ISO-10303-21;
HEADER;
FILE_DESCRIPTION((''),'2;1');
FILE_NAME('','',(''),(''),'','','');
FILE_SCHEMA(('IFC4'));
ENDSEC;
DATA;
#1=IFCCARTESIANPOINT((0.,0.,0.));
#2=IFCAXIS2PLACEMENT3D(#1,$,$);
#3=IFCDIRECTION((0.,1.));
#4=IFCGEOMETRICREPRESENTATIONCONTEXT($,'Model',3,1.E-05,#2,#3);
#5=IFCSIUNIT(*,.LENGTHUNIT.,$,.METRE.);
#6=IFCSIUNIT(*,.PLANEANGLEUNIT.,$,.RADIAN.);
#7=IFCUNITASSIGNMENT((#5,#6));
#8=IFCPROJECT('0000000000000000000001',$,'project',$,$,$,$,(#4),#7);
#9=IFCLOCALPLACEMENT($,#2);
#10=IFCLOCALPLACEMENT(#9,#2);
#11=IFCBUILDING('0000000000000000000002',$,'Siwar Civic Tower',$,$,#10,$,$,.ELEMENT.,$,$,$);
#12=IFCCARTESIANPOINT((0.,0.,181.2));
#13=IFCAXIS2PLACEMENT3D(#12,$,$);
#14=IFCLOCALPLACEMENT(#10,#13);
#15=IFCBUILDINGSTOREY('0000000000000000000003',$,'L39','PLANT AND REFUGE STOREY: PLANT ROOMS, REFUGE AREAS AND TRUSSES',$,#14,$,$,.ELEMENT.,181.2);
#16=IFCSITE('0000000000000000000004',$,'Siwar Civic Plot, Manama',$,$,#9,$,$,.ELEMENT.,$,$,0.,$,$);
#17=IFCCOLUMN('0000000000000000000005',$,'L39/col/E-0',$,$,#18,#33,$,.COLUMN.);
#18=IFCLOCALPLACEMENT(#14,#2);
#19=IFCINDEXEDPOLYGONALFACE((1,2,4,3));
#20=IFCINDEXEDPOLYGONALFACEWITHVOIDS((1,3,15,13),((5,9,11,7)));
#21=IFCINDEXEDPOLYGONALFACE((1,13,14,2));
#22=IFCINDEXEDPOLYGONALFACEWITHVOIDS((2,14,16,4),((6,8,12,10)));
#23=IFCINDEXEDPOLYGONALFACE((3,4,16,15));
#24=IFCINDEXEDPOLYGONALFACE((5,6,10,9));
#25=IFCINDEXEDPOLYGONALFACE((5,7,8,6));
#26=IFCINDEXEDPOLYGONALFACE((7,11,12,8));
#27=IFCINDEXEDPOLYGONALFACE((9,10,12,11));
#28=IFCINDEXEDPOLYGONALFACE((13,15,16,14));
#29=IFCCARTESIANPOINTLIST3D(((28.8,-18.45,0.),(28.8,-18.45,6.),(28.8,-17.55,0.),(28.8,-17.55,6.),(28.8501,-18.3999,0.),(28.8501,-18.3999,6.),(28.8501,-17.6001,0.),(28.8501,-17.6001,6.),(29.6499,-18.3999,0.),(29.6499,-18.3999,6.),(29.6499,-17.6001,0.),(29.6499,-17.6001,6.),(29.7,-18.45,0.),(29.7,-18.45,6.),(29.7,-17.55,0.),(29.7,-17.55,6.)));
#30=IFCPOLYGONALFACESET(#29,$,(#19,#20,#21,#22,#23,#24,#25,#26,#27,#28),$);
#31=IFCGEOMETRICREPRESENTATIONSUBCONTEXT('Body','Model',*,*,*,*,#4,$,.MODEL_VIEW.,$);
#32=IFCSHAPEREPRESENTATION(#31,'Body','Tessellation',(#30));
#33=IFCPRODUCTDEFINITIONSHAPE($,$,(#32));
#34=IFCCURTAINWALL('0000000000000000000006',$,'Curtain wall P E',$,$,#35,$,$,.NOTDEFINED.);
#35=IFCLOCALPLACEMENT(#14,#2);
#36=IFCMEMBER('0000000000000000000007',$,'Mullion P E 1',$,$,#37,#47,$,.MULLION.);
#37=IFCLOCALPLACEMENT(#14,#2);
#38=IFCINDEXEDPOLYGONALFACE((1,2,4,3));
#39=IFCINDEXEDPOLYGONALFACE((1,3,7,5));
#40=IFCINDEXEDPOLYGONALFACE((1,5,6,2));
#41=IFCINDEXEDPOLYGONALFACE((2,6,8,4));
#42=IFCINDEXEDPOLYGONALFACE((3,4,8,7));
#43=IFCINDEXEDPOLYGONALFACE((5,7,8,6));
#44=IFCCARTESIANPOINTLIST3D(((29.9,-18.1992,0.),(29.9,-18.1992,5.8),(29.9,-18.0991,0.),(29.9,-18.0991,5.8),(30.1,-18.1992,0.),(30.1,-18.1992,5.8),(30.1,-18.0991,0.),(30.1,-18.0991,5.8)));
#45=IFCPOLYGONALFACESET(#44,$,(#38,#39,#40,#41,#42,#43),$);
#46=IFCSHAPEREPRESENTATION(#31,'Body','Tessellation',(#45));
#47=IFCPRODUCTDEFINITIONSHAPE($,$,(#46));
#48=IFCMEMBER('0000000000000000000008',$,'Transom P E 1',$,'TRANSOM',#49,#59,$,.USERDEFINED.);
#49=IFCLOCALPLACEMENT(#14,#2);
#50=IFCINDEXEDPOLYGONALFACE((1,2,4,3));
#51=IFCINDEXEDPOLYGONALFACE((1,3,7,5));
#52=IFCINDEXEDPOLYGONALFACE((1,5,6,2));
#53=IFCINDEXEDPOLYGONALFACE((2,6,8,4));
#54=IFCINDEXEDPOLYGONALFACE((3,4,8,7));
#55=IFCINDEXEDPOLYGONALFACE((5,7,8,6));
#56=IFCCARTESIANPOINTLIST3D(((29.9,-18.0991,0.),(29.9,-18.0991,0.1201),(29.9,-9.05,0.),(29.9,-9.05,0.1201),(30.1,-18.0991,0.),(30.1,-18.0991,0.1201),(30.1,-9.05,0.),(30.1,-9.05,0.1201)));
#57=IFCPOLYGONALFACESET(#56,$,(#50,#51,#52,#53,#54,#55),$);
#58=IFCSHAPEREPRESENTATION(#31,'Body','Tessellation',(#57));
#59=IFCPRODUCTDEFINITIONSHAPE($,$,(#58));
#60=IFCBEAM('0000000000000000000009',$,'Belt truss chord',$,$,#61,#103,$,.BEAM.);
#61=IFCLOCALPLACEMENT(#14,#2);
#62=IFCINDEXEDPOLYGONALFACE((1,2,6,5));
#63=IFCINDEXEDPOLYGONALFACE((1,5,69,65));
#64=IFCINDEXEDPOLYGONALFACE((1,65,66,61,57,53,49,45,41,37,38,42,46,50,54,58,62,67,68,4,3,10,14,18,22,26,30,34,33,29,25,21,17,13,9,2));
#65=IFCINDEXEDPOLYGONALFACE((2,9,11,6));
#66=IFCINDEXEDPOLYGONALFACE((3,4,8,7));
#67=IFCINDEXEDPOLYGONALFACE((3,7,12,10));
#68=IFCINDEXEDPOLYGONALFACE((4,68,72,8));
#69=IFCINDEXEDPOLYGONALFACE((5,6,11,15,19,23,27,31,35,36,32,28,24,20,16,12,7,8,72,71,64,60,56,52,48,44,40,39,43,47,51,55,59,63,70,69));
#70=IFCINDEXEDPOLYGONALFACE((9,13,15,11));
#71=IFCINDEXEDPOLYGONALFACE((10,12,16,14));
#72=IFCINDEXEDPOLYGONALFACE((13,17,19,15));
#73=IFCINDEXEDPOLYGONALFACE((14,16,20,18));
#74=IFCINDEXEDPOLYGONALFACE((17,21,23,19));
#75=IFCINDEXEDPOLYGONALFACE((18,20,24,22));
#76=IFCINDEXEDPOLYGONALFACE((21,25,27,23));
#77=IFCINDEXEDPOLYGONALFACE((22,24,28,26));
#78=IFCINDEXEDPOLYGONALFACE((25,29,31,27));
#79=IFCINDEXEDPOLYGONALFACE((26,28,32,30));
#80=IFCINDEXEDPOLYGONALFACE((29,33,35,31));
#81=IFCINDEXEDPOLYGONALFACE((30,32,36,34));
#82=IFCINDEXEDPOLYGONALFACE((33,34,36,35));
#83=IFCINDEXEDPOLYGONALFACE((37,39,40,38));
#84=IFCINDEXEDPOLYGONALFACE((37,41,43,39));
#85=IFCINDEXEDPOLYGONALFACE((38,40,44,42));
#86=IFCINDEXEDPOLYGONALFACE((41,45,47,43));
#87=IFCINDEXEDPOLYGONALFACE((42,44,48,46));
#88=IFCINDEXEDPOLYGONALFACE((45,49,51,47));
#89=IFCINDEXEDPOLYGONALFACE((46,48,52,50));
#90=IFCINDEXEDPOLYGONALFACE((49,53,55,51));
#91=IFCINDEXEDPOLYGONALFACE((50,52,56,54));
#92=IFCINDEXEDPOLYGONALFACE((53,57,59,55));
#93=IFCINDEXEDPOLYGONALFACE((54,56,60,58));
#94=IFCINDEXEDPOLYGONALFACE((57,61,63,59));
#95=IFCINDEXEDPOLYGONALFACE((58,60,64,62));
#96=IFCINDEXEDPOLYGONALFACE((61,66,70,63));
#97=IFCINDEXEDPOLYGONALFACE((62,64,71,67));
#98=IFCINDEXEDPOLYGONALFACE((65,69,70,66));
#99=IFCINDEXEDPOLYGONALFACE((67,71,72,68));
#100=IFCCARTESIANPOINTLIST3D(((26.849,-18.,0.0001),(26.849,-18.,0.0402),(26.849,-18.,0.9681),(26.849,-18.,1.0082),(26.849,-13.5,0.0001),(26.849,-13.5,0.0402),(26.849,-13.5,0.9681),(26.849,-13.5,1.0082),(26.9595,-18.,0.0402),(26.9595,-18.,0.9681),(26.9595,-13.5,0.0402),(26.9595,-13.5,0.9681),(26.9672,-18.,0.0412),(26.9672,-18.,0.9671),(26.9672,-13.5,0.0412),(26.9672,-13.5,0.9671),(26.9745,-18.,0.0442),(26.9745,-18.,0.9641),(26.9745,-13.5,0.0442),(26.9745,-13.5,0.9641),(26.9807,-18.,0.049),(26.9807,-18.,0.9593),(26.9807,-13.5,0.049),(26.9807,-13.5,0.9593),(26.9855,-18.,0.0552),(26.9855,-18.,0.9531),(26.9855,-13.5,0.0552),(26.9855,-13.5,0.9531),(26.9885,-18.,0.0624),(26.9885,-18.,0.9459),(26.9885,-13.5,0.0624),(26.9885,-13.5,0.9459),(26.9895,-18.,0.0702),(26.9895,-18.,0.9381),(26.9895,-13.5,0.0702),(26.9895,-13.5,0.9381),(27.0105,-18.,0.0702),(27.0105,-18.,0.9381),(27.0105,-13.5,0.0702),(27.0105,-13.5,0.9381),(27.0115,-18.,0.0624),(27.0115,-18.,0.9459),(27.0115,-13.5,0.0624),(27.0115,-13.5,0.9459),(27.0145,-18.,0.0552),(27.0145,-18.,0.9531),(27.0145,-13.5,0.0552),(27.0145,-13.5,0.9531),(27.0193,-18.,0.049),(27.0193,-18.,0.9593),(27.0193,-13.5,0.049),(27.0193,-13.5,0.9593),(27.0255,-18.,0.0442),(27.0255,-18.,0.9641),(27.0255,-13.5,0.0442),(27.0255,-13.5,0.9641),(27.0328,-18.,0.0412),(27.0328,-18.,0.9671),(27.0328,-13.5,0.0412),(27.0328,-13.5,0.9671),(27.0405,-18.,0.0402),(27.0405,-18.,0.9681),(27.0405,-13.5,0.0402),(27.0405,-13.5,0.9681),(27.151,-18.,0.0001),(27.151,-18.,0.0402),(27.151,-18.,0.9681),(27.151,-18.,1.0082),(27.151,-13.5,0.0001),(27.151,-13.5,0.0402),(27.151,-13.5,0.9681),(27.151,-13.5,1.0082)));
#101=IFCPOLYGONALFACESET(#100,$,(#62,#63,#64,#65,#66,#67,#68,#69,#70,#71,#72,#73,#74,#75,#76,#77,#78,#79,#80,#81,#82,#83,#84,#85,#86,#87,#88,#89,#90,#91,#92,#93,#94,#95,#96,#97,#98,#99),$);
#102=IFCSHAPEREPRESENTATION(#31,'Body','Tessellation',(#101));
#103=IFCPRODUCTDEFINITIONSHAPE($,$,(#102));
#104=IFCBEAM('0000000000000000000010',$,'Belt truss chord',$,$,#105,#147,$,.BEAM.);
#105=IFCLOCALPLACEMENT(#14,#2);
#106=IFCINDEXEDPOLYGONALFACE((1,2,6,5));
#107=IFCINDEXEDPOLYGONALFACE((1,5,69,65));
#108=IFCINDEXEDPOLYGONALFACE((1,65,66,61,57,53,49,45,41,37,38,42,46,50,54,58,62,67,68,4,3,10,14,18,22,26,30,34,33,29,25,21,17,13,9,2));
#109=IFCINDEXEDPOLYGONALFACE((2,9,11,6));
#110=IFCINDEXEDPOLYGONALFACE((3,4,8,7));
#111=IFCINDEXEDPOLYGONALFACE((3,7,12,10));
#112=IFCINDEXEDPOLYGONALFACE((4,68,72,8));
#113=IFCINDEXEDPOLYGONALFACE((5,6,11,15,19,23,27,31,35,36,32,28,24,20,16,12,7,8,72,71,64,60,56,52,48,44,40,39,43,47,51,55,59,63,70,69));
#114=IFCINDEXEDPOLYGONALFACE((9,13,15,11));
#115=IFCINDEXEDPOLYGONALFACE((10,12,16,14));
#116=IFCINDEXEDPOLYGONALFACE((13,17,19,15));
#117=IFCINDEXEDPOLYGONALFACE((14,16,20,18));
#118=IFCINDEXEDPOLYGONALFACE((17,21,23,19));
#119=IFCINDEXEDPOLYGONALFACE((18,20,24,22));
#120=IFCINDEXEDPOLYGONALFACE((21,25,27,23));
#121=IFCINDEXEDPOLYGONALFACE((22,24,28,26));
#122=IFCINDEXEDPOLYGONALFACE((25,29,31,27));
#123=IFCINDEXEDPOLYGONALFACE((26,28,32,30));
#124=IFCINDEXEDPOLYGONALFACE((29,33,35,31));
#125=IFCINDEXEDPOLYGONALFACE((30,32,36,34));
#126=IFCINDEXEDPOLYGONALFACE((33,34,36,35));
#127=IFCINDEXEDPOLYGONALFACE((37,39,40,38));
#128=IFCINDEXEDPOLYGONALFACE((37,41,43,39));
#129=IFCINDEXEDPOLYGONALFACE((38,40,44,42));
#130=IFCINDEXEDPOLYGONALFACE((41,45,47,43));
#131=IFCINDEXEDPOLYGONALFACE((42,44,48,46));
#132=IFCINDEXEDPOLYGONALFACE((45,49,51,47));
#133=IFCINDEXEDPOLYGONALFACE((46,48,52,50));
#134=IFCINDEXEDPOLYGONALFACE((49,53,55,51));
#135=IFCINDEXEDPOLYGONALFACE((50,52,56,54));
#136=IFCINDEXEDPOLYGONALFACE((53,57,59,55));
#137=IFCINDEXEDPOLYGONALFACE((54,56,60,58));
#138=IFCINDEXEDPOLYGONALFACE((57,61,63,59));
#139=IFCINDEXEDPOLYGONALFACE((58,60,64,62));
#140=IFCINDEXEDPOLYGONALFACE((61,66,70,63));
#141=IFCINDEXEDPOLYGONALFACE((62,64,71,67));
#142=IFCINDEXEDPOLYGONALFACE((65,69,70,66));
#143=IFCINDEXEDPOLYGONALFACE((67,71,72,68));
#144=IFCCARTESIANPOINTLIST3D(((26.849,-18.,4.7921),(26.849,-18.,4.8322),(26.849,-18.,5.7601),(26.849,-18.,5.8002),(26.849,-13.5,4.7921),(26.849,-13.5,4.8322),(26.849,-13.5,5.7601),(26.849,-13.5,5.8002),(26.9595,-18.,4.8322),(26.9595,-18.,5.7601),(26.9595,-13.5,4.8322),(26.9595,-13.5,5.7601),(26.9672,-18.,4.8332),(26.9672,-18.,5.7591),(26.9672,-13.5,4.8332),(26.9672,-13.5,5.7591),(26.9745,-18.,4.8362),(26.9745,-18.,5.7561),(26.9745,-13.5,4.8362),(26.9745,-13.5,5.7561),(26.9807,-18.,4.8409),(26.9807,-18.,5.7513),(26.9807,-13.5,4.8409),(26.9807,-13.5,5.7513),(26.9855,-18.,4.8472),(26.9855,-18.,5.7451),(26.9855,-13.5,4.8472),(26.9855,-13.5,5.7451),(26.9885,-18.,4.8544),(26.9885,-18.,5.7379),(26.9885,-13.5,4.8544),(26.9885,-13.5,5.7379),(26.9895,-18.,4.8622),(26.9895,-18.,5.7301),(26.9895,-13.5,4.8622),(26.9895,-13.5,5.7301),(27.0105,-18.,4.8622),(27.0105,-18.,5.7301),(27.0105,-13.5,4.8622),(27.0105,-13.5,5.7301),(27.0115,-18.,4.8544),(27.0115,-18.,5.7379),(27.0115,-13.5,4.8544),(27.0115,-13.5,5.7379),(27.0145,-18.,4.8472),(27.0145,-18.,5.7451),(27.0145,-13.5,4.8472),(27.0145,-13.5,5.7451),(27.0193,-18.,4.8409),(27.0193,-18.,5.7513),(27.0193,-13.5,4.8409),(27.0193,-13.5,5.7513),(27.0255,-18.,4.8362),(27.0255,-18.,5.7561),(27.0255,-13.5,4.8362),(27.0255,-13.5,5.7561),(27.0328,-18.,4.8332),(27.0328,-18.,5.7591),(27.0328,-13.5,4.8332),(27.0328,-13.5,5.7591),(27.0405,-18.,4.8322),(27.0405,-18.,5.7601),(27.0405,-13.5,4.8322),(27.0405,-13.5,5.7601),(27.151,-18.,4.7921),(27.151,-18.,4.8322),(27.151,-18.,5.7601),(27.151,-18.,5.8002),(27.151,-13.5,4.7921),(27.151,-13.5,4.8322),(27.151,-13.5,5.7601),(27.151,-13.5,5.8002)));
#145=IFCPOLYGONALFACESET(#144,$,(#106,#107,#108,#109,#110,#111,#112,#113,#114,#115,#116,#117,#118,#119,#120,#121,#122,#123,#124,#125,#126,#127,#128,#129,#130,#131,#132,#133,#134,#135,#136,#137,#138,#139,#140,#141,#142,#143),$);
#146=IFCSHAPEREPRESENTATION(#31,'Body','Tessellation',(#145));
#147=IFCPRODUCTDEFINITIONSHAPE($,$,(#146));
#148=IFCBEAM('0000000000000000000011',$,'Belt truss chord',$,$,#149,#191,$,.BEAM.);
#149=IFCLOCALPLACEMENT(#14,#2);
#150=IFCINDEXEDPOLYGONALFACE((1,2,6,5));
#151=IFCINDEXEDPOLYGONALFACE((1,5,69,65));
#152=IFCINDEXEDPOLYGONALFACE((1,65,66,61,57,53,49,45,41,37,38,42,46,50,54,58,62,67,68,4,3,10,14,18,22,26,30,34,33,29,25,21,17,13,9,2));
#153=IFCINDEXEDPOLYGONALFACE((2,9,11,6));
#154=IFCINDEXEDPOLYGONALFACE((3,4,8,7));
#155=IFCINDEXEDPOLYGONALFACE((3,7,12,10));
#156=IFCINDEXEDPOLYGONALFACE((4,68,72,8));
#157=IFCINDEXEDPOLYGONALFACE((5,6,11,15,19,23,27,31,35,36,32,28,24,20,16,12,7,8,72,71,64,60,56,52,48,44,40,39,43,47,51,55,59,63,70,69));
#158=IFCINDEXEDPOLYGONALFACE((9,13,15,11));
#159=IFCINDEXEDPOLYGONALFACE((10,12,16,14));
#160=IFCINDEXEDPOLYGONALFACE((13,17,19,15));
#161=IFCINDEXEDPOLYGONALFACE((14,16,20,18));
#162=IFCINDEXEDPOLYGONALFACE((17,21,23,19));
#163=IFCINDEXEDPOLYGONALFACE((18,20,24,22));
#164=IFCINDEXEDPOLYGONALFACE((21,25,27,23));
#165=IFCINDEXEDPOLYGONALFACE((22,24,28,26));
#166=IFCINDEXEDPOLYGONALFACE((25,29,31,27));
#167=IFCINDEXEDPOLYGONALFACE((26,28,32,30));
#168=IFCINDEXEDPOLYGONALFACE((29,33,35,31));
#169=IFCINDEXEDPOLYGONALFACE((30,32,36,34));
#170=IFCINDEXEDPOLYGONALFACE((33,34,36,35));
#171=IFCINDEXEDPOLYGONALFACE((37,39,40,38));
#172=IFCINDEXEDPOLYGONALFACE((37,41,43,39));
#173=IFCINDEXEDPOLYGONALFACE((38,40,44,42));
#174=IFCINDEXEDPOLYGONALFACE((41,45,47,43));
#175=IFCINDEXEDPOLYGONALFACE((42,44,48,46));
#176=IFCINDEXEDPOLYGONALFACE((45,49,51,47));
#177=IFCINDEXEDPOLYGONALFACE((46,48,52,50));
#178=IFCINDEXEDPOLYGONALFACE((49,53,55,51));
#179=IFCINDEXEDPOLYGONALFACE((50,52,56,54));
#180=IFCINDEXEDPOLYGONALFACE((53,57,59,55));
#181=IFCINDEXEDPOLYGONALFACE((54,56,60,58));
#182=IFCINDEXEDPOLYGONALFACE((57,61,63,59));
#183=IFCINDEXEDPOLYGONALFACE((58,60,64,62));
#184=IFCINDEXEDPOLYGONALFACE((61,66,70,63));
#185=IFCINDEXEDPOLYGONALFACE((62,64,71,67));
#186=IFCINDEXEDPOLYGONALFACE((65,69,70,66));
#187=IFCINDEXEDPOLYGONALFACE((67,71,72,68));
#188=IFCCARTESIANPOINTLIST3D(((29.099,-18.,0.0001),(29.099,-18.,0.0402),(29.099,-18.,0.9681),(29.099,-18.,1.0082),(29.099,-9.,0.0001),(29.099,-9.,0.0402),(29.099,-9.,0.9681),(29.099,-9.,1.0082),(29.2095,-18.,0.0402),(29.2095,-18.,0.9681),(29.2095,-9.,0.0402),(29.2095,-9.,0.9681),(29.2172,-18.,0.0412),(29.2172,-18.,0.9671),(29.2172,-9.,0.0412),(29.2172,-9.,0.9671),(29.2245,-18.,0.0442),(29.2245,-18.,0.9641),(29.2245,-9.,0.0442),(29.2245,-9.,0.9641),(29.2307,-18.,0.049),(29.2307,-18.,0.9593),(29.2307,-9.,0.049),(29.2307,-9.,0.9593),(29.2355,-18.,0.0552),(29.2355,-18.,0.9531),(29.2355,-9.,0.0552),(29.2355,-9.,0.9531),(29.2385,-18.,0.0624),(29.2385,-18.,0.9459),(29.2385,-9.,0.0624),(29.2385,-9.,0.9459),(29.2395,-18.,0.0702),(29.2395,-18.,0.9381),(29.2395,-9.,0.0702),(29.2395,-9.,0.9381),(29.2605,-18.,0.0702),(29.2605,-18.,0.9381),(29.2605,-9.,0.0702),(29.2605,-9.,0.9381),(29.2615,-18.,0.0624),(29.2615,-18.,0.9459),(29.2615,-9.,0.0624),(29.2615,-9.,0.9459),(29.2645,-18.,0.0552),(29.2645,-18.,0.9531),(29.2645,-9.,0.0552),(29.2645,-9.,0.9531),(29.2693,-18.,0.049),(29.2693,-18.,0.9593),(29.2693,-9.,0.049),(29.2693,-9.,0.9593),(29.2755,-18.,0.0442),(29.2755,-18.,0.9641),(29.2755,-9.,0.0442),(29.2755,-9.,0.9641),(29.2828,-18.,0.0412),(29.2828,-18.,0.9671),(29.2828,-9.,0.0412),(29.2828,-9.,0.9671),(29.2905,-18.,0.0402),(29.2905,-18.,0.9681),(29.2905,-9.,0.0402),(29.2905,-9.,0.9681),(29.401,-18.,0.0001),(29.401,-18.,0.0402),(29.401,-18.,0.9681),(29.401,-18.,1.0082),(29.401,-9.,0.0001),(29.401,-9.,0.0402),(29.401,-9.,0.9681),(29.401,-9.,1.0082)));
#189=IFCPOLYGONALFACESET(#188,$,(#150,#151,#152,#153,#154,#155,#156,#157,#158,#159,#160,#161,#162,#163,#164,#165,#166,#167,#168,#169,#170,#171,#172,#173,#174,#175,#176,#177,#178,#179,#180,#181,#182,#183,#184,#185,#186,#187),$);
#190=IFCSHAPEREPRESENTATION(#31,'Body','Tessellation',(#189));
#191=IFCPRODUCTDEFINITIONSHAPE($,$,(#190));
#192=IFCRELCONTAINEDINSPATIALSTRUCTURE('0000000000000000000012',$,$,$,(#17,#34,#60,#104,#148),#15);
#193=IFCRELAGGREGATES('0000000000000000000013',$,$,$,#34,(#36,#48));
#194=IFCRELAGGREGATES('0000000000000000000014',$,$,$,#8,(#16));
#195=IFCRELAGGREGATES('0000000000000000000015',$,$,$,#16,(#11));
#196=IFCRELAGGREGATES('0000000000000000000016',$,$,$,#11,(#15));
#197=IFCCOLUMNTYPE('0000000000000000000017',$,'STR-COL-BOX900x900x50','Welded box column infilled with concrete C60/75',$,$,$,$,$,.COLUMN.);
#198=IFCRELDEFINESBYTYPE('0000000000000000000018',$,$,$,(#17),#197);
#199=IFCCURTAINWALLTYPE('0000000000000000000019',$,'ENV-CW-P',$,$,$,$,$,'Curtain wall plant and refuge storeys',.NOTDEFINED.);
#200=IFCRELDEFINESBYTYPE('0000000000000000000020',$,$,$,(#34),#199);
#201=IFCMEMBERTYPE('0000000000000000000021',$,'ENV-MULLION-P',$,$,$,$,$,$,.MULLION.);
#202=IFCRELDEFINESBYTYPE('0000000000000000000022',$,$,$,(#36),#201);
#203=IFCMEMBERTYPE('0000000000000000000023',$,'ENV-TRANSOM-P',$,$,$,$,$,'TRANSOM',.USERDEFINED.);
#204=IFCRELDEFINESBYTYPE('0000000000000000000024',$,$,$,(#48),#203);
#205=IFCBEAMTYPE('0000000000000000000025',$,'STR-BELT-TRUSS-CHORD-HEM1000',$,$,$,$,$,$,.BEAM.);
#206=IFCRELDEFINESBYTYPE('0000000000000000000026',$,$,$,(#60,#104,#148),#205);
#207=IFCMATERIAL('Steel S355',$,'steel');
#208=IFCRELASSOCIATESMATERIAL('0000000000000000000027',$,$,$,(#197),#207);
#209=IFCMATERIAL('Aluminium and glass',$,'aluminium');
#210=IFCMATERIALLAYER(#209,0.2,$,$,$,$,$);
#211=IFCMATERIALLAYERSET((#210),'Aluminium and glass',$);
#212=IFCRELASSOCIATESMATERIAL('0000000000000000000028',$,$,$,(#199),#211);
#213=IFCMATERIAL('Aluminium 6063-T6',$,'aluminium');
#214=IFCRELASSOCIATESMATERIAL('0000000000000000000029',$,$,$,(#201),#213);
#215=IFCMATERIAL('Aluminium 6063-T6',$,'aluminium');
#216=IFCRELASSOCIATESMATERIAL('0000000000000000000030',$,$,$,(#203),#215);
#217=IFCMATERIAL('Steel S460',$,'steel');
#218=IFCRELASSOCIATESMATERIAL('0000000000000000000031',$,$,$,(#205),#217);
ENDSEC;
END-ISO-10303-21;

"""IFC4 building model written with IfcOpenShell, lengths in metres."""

from ifc_helpers import new_model, si_unit, direction, frame, origin, origin_2d, place, context, subcontext, project, spatial, rectangle, hollow_rectangle, i_section, extrude, material, layer, layer_set, material_profile, profile_set, type_object, element, aggregate, save


model = new_model("IFC4")

# Units and contexts
model_context = context("Model", 3, precision=1e-05, world=origin(), true_north=direction((0.0, 1.0)))
body_context = subcontext(model_context, "Body", "Model", "MODEL_VIEW")
ifc_project = project(units=[si_unit("LENGTHUNIT", "METRE"), si_unit("PLANEANGLEUNIT", "RADIAN")], contexts=[model_context])

# Site, building, storey
site_placement = place(None, origin())
site = spatial("IfcSite", under=ifc_project, at=site_placement, Name="Siwar Civic Plot, Manama", CompositionType="ELEMENT", RefElevation=0.0)
building_placement = place(site_placement, origin())
building = spatial("IfcBuilding", under=site, at=building_placement, Name="Siwar Civic Tower", CompositionType="ELEMENT")
storey_placement = place(building_placement, frame((0.0, 0.0, 181.2)))
storey = spatial("IfcBuildingStorey", under=building, at=storey_placement, Name="L39", Description="PLANT AND REFUGE STOREY: PLANT ROOMS, REFUGE AREAS AND TRUSSES", CompositionType="ELEMENT", Elevation=181.2)

# Column
ifc_material_1 = material(Name="Steel S355", Category="steel")
ifc_material_profile_1 = material_profile(ifc_material_1, hollow_rectangle(XDim=0.8999, YDim=0.8999, WallThickness=0.05, at=origin_2d()), Name="BOX900x900x50")
ifc_profile_set_1 = profile_set([ifc_material_profile_1], Name="Steel S355")
column_type = type_object("IfcColumnType", Name="STR-COL-BOX900x900x50", Description="Welded box column infilled with concrete C60/75", PredefinedType="COLUMN", material=ifc_profile_set_1)
column_placement = place(storey_placement, frame((29.25, -18.0, 0.0), z_axis=(0.0, 0.0, 1.0), x_axis=(1.0, 0.0, 0.0)))
element("IfcColumn", 1, at=column_placement, inside=storey, type_object=column_type, Name="L39/col/E-0", PredefinedType="COLUMN", context=body_context, shape_type="SweptSolid", body=[
    extrude(hollow_rectangle(XDim=0.8999, YDim=0.8999, WallThickness=0.05, at=origin_2d()), origin(), (0.0, 0.0, 1.0), 6.0),
])

# Curtain wall, members
ifc_material_2 = material(Name="Aluminium and glass", Category="aluminium")
ifc_layer_1 = layer(ifc_material_2, 0.2)
ifc_layer_set_1 = layer_set([ifc_layer_1], Name="Aluminium and glass")
curtain_wall_type = type_object("IfcCurtainWallType", Name="ENV-CW-P", ElementType="Curtain wall plant and refuge storeys", PredefinedType="NOTDEFINED", material=ifc_layer_set_1)
curtain_wall_1_placement = place(storey_placement, origin())
curtain_wall_1 = element("IfcCurtainWall", 2, at=curtain_wall_1_placement, inside=storey, type_object=curtain_wall_type, Name="Curtain wall P E", PredefinedType="NOTDEFINED")
ifc_material_3 = material(Name="Aluminium 6063-T6", Category="aluminium")
ifc_material_profile_2 = material_profile(ifc_material_3, rectangle(XDim=0.2, YDim=0.1001, at=origin_2d()), Name="AL 200x100")
ifc_profile_set_2 = profile_set([ifc_material_profile_2], Name="Aluminium 6063-T6")
member_type_1 = type_object("IfcMemberType", Name="ENV-MULLION-P", PredefinedType="MULLION", material=ifc_profile_set_2)
member_1_placement = place(storey_placement, frame((30.0, -18.1492, 0.0), z_axis=(0.0, 0.0, 1.0), x_axis=(-1.0, 0.0, 0.0)))
member_1 = element("IfcMember", 3, at=member_1_placement, type_object=member_type_1, Name="Mullion P E 1", PredefinedType="MULLION", context=body_context, shape_type="SweptSolid", body=[
    extrude(rectangle(XDim=0.2, YDim=0.1001, at=origin_2d()), origin(), (0.0, 0.0, 1.0), 5.8),
])
ifc_material_4 = material(Name="Aluminium 6063-T6", Category="aluminium")
ifc_material_profile_3 = material_profile(ifc_material_4, rectangle(XDim=0.2, YDim=0.1201, at=origin_2d()), Name="AL 200x120")
ifc_profile_set_3 = profile_set([ifc_material_profile_3], Name="Aluminium 6063-T6")
member_type_2 = type_object("IfcMemberType", Name="ENV-TRANSOM-P", ElementType="TRANSOM", PredefinedType="USERDEFINED", material=ifc_profile_set_3)
member_2_placement = place(storey_placement, frame((30.0, -18.0991, 0.0601), z_axis=(0.0, 1.0, 0.0), x_axis=(-1.0, 0.0, 0.0)))
member_2 = element("IfcMember", 4, at=member_2_placement, type_object=member_type_2, Name="Transom P E 1", ObjectType="TRANSOM", PredefinedType="USERDEFINED", context=body_context, shape_type="SweptSolid", body=[
    extrude(rectangle(XDim=0.2, YDim=0.1201, at=origin_2d()), origin(), (0.0, 0.0, 1.0), 9.0491),
])
aggregate(curtain_wall_1, [member_1, member_2])

# Beams
ifc_material_5 = material(Name="Steel S460", Category="steel")
ifc_material_profile_4 = material_profile(ifc_material_5, i_section(OverallWidth=0.302, OverallDepth=1.0081, WebThickness=0.021, FlangeThickness=0.04, FilletRadius=0.03, at=origin_2d()), Name="HEM1000")
ifc_profile_set_4 = profile_set([ifc_material_profile_4], Name="Steel S460")
beam_type_1 = type_object("IfcBeamType", Name="STR-BELT-TRUSS-CHORD-HEM1000", PredefinedType="BEAM", material=ifc_profile_set_4)
for number, where, z_axis, x_axis, name in (
    (5, (27.0, -18.0, 0.5042), (0.0, 1.0, 0.0), (-1.0, 0.0, 0.0), "Belt truss chord"),
    (6, (27.0, -18.0, 5.2961), (0.0, 1.0, 0.0), (-1.0, 0.0, 0.0), "Belt truss chord"),
):
    element("IfcBeam", number, at=place(storey_placement, frame(where, z_axis=z_axis, x_axis=x_axis)), inside=storey, type_object=beam_type_1, Name=name, PredefinedType="BEAM", context=body_context, shape_type="SweptSolid", body=[
        extrude(i_section(OverallWidth=0.302, OverallDepth=1.0081, WebThickness=0.021, FlangeThickness=0.04, FilletRadius=0.03, at=origin_2d()), origin(), (0.0, 0.0, 1.0), 4.5),
    ])
for number, where, z_axis, x_axis, name in (
    (7, (29.25, -18.0, 0.5042), (0.0, 1.0, 0.0), (-1.0, 0.0, 0.0), "Belt truss chord"),
):
    element("IfcBeam", number, at=place(storey_placement, frame(where, z_axis=z_axis, x_axis=x_axis)), inside=storey, type_object=beam_type_1, Name=name, PredefinedType="BEAM", context=body_context, shape_type="SweptSolid", body=[
        extrude(i_section(OverallWidth=0.302, OverallDepth=1.0081, WebThickness=0.021, FlangeThickness=0.04, FilletRadius=0.03, at=origin_2d()), origin(), (0.0, 0.0, 1.0), 9.0),
    ])

save(model, "model.ifc")
